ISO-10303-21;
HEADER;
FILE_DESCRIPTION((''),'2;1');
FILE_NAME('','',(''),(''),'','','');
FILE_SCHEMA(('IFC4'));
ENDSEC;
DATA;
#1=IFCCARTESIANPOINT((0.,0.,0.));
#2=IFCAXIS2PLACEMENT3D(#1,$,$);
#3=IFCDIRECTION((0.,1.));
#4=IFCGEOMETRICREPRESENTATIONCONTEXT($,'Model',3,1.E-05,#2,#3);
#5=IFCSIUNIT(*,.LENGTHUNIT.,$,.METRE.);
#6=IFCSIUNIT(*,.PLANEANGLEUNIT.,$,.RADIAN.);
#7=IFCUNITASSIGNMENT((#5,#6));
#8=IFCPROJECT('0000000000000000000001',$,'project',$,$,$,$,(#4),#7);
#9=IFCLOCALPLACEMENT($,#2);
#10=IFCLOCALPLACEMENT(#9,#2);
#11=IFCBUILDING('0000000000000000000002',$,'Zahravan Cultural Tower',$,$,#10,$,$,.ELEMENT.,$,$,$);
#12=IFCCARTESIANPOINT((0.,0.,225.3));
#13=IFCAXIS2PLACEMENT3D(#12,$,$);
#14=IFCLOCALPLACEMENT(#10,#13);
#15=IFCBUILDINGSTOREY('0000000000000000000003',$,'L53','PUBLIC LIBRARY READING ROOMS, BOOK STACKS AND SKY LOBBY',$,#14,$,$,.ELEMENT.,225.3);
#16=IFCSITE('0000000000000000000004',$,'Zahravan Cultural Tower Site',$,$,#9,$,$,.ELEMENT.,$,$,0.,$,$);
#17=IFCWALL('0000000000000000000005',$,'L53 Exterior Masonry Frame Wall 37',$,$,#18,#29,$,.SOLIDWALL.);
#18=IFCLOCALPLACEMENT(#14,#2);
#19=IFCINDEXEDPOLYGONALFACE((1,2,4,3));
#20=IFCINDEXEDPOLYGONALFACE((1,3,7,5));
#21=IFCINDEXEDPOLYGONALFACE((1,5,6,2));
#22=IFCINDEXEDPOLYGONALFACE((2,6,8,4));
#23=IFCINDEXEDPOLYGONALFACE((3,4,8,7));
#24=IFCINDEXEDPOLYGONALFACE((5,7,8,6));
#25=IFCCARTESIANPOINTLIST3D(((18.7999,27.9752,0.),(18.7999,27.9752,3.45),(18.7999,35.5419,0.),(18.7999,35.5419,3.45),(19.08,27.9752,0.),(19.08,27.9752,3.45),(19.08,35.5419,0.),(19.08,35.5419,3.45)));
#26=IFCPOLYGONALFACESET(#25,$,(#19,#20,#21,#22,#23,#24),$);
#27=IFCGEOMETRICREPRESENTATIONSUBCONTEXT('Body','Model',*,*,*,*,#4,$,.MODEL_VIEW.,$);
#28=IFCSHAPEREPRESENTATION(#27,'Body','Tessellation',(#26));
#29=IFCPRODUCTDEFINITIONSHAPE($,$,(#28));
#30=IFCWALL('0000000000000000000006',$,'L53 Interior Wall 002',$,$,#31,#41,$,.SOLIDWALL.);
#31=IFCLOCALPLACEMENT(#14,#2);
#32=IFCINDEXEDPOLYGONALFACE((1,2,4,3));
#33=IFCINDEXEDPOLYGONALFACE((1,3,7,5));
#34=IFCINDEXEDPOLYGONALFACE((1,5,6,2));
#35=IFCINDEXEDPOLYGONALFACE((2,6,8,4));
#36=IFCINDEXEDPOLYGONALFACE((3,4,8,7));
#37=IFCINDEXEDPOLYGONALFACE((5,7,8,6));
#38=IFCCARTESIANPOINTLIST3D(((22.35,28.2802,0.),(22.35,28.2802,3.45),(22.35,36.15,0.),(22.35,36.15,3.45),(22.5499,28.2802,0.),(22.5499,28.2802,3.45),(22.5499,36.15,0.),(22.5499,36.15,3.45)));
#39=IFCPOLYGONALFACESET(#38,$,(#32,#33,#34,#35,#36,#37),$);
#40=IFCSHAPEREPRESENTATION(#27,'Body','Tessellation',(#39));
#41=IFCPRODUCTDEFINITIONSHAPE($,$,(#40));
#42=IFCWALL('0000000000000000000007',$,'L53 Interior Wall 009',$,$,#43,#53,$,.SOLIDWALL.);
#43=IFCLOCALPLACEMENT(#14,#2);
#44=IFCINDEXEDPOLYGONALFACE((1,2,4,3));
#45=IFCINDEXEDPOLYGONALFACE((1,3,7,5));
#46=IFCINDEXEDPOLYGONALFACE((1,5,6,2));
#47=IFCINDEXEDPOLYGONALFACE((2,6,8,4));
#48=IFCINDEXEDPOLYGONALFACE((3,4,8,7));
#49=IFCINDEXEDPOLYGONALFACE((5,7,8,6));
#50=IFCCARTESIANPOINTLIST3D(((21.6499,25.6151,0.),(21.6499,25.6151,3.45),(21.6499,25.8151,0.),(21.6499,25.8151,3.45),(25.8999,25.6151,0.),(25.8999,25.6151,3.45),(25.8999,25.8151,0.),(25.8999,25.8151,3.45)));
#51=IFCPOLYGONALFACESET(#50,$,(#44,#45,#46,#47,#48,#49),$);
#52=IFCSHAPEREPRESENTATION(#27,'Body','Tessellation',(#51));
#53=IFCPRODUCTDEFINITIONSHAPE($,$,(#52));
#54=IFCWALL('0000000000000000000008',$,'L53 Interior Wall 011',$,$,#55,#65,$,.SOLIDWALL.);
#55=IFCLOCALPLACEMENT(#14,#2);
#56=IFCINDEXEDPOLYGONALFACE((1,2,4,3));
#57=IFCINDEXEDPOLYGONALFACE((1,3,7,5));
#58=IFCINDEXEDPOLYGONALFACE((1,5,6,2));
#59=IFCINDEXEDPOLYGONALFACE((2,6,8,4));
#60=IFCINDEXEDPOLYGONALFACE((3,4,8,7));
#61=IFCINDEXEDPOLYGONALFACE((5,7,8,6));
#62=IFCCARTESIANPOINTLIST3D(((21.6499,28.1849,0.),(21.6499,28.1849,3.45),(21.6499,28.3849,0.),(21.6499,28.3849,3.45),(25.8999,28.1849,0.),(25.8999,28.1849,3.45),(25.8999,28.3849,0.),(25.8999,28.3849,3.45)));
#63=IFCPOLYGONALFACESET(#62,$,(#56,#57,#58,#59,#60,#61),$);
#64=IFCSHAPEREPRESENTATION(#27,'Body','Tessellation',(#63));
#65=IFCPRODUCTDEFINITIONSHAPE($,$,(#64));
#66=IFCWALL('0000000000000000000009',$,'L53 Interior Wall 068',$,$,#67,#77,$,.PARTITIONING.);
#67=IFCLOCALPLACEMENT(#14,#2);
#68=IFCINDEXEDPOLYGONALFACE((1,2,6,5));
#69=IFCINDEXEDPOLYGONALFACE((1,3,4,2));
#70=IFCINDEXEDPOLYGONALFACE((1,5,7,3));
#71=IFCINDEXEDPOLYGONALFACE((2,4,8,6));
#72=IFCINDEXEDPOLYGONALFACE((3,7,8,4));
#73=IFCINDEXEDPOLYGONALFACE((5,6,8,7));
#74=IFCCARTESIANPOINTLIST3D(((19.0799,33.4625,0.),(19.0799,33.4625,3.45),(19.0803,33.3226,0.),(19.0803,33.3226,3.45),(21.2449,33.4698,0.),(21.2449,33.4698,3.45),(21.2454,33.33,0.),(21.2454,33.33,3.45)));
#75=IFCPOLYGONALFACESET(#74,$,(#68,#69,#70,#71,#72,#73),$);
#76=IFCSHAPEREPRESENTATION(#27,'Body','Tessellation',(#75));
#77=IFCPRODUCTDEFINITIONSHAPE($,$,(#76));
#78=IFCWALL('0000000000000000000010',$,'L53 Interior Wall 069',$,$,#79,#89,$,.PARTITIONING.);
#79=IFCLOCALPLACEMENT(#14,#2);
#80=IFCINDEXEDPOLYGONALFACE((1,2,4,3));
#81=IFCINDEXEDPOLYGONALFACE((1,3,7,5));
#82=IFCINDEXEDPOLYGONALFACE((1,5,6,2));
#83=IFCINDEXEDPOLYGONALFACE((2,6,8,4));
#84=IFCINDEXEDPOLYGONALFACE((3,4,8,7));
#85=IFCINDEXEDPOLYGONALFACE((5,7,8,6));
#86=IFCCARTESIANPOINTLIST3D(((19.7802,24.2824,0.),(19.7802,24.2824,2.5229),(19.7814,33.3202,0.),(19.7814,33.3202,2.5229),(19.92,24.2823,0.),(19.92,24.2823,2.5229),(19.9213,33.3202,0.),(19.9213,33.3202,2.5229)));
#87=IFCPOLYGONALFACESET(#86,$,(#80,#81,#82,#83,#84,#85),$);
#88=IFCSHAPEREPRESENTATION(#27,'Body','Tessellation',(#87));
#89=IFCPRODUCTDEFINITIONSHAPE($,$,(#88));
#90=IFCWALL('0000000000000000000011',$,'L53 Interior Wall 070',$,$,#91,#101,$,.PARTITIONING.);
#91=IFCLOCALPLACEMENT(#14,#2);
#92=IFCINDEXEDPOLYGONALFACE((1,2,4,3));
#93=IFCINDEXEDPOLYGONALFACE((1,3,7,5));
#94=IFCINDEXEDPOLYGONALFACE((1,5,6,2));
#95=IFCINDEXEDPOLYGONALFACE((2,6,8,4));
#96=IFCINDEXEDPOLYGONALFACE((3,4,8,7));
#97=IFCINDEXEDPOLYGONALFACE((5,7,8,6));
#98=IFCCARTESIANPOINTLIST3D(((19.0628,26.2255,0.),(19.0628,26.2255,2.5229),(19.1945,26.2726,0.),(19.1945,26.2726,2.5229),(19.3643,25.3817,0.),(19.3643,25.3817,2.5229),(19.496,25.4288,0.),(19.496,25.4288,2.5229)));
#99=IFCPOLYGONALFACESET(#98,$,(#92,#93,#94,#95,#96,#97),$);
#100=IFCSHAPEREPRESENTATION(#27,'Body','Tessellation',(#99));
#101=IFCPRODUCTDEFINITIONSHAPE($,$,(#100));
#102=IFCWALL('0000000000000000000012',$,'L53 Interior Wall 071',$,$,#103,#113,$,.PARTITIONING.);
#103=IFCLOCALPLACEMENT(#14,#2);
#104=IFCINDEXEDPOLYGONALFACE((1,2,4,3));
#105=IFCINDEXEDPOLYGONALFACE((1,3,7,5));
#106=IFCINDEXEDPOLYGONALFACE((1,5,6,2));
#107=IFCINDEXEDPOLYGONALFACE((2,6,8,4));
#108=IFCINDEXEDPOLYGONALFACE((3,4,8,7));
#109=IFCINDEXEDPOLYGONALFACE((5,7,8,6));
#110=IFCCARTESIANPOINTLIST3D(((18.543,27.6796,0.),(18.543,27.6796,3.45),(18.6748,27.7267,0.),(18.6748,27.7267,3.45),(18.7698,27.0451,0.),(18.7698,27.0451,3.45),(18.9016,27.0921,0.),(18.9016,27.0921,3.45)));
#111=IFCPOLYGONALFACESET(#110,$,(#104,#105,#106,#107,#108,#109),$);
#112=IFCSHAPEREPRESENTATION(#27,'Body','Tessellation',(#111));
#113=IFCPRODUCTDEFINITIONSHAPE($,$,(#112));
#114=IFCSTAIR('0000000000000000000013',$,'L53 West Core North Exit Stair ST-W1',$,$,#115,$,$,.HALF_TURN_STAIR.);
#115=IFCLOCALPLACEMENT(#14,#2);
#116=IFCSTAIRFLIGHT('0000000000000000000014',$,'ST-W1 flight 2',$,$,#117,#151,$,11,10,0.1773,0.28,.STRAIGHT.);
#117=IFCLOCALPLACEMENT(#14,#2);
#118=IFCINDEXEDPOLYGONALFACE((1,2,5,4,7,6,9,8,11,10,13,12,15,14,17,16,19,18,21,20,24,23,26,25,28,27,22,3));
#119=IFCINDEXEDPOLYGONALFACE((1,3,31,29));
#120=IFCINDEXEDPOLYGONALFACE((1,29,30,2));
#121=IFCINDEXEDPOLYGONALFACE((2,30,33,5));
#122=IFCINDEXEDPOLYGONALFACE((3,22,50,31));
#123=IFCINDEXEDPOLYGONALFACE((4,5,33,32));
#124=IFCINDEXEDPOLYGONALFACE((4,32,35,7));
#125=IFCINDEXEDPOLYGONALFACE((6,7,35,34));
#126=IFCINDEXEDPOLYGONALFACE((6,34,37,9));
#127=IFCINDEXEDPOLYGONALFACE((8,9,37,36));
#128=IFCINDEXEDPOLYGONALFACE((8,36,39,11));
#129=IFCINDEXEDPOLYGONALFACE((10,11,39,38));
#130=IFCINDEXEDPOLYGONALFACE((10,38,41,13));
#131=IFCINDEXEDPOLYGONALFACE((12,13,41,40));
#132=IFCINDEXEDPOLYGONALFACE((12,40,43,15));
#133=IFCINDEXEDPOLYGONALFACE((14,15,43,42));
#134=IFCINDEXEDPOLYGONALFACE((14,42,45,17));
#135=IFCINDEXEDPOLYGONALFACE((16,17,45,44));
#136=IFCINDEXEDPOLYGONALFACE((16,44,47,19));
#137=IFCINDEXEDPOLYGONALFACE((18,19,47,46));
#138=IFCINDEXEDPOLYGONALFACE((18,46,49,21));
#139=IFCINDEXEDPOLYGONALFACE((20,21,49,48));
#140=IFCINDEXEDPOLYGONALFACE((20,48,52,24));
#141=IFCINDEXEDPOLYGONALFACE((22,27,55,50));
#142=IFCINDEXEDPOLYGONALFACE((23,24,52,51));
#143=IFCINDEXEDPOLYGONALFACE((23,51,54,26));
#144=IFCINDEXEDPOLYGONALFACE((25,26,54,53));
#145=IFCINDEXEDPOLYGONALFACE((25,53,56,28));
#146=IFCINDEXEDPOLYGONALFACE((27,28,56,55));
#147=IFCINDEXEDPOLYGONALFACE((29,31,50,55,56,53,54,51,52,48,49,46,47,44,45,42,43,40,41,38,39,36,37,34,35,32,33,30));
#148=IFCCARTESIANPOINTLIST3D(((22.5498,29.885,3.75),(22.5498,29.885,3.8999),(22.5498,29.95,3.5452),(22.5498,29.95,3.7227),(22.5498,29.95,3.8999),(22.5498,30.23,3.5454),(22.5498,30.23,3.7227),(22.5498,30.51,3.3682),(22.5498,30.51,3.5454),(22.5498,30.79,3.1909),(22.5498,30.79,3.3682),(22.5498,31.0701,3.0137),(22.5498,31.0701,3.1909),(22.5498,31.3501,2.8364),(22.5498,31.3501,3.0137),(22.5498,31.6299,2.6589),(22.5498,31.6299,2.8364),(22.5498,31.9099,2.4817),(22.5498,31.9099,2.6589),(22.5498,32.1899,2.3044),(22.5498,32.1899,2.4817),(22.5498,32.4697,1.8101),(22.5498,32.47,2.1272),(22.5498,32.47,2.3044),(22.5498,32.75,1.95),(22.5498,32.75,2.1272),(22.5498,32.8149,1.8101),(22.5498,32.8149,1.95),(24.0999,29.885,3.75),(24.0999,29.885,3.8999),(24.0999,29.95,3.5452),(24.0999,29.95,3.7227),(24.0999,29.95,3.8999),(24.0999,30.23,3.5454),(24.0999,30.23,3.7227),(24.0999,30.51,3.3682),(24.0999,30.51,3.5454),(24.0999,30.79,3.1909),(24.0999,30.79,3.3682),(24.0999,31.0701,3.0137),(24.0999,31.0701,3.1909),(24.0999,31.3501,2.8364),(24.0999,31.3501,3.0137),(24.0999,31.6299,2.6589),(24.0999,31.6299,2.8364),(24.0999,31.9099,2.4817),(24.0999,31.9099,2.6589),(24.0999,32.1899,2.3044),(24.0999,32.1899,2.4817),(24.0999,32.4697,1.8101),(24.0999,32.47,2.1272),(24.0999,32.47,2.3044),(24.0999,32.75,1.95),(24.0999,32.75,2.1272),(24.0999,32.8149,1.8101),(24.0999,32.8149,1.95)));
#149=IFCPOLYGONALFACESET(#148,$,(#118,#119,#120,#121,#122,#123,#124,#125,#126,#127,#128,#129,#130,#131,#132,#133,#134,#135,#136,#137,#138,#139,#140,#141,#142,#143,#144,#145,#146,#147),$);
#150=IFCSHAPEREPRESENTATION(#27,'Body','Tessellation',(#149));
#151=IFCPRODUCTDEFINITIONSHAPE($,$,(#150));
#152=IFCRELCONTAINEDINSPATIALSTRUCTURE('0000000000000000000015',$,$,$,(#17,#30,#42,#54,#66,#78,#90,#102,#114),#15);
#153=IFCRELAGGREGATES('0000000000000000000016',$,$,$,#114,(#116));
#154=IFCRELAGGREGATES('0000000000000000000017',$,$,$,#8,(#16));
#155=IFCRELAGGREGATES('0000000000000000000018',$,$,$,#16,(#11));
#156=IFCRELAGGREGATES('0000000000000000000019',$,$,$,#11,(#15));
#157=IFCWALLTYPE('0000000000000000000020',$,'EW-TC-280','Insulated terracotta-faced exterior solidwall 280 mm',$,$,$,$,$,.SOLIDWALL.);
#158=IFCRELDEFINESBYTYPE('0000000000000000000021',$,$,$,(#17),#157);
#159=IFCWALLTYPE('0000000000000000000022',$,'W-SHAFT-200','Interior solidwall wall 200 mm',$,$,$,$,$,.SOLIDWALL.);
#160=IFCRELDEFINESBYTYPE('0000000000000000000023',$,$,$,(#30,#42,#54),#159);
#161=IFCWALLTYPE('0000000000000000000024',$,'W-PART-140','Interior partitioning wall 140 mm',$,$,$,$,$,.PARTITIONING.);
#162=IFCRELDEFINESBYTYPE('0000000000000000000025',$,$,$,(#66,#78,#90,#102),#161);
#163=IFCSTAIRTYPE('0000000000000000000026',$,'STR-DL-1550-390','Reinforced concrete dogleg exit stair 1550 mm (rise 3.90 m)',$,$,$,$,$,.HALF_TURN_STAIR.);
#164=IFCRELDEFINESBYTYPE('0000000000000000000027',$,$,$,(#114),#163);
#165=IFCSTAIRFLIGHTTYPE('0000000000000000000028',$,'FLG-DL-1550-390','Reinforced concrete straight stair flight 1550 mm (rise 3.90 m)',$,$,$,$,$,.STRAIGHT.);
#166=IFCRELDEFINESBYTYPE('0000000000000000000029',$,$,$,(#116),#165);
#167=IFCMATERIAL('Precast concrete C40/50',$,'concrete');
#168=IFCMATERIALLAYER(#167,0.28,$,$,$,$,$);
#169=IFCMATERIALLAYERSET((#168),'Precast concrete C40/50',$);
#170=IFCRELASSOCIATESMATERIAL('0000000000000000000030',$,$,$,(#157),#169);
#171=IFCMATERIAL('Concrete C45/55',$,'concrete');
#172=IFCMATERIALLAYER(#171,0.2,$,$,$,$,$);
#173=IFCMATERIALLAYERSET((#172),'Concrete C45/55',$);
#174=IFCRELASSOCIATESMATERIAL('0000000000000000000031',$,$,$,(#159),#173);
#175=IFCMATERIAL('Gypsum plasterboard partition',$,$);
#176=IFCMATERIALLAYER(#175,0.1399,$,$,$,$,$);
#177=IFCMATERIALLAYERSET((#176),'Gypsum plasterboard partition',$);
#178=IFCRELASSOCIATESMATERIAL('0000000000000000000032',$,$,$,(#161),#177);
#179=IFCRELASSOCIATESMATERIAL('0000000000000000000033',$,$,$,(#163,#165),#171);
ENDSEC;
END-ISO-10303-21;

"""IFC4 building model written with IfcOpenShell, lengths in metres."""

from ifc_helpers import new_model, si_unit, direction, frame, frame_2d, origin, place, context, subcontext, project, spatial, polyline, rectangle, outline, extrude, source, transform, mapped, material, layer, layer_set, type_object, element, aggregate, save


model = new_model("IFC4")

# Units and contexts
model_context = context("Model", 3, precision=1e-05, world=origin(), true_north=direction((0.0, 1.0)))
body_context = subcontext(model_context, "Body", "Model", "MODEL_VIEW")
ifc_project = project(units=[si_unit("LENGTHUNIT", "METRE"), si_unit("PLANEANGLEUNIT", "RADIAN")], contexts=[model_context])

# Site, building, storey
site_placement = place(None, origin())
site = spatial("IfcSite", under=ifc_project, at=site_placement, Name="Zahravan Cultural Tower Site", CompositionType="ELEMENT", RefElevation=0.0)
building_placement = place(site_placement, origin())
building = spatial("IfcBuilding", under=site, at=building_placement, Name="Zahravan Cultural Tower", CompositionType="ELEMENT")
storey_placement = place(building_placement, frame((0.0, 0.0, 225.3)))
storey = spatial("IfcBuildingStorey", under=building, at=storey_placement, Name="L53", Description="PUBLIC LIBRARY READING ROOMS, BOOK STACKS AND SKY LOBBY", CompositionType="ELEMENT", Elevation=225.3)

# Walls
ifc_material_1 = material(Name="Precast concrete C40/50", Category="concrete")
ifc_layer_1 = layer(ifc_material_1, 0.28)
ifc_layer_set_1 = layer_set([ifc_layer_1], Name="Precast concrete C40/50")
wall_type_1 = type_object("IfcWallType", Name="EW-TC-280", Description="Insulated terracotta-faced exterior solidwall 280 mm", PredefinedType="SOLIDWALL", material=ifc_layer_set_1)
shared_shape_1 = source(origin(), body_context, "Body", "SweptSolid", [
    extrude(rectangle(XDim=7.5667, YDim=0.28, at=frame_2d((3.7832, 0.0))), origin(), (0.0, 0.0, 1.0), 3.45),
])
wall_1_placement = place(storey_placement, frame((18.9399, 27.9753, 0.0), z_axis=(0.0, 0.0, 1.0), x_axis=(0.0, 1.0, 0.0)))
element("IfcWall", 1, at=wall_1_placement, inside=storey, type_object=wall_type_1, Name="L53 Exterior Masonry Frame Wall 37", PredefinedType="SOLIDWALL", context=body_context, shape_type="MappedRepresentation", body=[
    mapped(shared_shape_1, transform((0.0, 0.0, 0.0), x_axis=(1.0, 0.0, 0.0), y_axis=(0.0, 1.0, 0.0), z_axis=(0.0, 0.0, 1.0), scale=1.0)),
])
ifc_material_2 = material(Name="Concrete C45/55", Category="concrete")
ifc_layer_2 = layer(ifc_material_2, 0.2)
ifc_layer_set_2 = layer_set([ifc_layer_2], Name="Concrete C45/55")
wall_type_2 = type_object("IfcWallType", Name="W-SHAFT-200", Description="Interior solidwall wall 200 mm", PredefinedType="SOLIDWALL", material=ifc_layer_set_2)
shared_shape_2 = source(origin(), body_context, "Body", "SweptSolid", [
    extrude(rectangle(XDim=7.8699, YDim=0.2, at=frame_2d((3.9351, 0.0))), origin(), (0.0, 0.0, 1.0), 3.45),
])
wall_2_placement = place(storey_placement, frame((22.45, 28.28, 0.0), z_axis=(0.0, 0.0, 1.0), x_axis=(0.0, 1.0, 0.0)))
element("IfcWall", 2, at=wall_2_placement, inside=storey, type_object=wall_type_2, Name="L53 Interior Wall 002", PredefinedType="SOLIDWALL", context=body_context, shape_type="MappedRepresentation", body=[
    mapped(shared_shape_2, transform((0.0, 0.0, 0.0), x_axis=(1.0, 0.0, 0.0), y_axis=(0.0, 1.0, 0.0), z_axis=(0.0, 0.0, 1.0), scale=1.0)),
])
shared_shape_3 = source(origin(), body_context, "Body", "SweptSolid", [
    extrude(rectangle(XDim=4.25, YDim=0.2, at=frame_2d((2.125, 0.0))), origin(), (0.0, 0.0, 1.0), 3.45),
])
for number, where, z_axis, x_axis, name in (
    (3, (21.6499, 25.7151, 0.0), (0.0, 0.0, 1.0), (1.0, 0.0, 0.0), "L53 Interior Wall 009"),
    (4, (21.6499, 28.2849, 0.0), (0.0, 0.0, 1.0), (1.0, 0.0, 0.0), "L53 Interior Wall 011"),
):
    element("IfcWall", number, at=place(storey_placement, frame(where, z_axis=z_axis, x_axis=x_axis)), inside=storey, type_object=wall_type_2, Name=name, PredefinedType="SOLIDWALL", context=body_context, shape_type="MappedRepresentation", body=[
        mapped(shared_shape_3, transform((0.0, 0.0, 0.0), x_axis=(1.0, 0.0, 0.0), y_axis=(0.0, 1.0, 0.0), z_axis=(0.0, 0.0, 1.0), scale=1.0)),
    ])
ifc_material_3 = material(Name="Gypsum plasterboard partition")
ifc_layer_3 = layer(ifc_material_3, 0.1399)
ifc_layer_set_3 = layer_set([ifc_layer_3], Name="Gypsum plasterboard partition")
wall_type_3 = type_object("IfcWallType", Name="W-PART-140", Description="Interior partitioning wall 140 mm", PredefinedType="PARTITIONING", material=ifc_layer_set_3)
shared_shape_4 = source(origin(), body_context, "Body", "SweptSolid", [
    extrude(rectangle(XDim=2.165, YDim=0.1399, at=frame_2d((1.0825, 0.0))), origin(), (0.0, 0.0, 1.0), 3.45),
])
wall_3_placement = place(storey_placement, frame((21.2451, 33.3999, 0.0), z_axis=(0.0, 0.0, 1.0), x_axis=(-0.999994, -0.003383, 0.0)))
element("IfcWall", 5, at=wall_3_placement, inside=storey, type_object=wall_type_3, Name="L53 Interior Wall 068", PredefinedType="PARTITIONING", context=body_context, shape_type="MappedRepresentation", body=[
    mapped(shared_shape_4, transform((0.0, 0.0, 0.0), x_axis=(1.0, 0.0, 0.0), y_axis=(0.0, 1.0, 0.0), z_axis=(0.0, 0.0, 1.0), scale=1.0)),
])
shared_shape_5 = source(origin(), body_context, "Body", "SweptSolid", [
    extrude(rectangle(XDim=9.0378, YDim=0.1399, at=frame_2d((4.519, 0.0))), origin(), (0.0, 0.0, 1.0), 2.5229),
])
wall_4_placement = place(storey_placement, frame((19.8513, 33.3203, 0.0), z_axis=(0.0, 0.0, 1.0), x_axis=(-0.000135, -1.0, 0.0)))
element("IfcWall", 6, at=wall_4_placement, inside=storey, type_object=wall_type_3, Name="L53 Interior Wall 069", PredefinedType="PARTITIONING", context=body_context, shape_type="MappedRepresentation", body=[
    mapped(shared_shape_5, transform((0.0, 0.0, 0.0), x_axis=(1.0, 0.0, 0.0), y_axis=(0.0, 1.0, 0.0), z_axis=(0.0, 0.0, 1.0), scale=1.0)),
])
shared_shape_6 = source(origin(), body_context, "Body", "SweptSolid", [
    extrude(rectangle(XDim=0.896, YDim=0.1399, at=frame_2d((0.448, 0.0))), origin(), (0.0, 0.0, 1.0), 2.5229),
])
wall_5_placement = place(storey_placement, frame((19.4302, 25.4053, 0.0), z_axis=(0.0, 0.0, 1.0), x_axis=(-0.336509, 0.94168, 0.0)))
element("IfcWall", 7, at=wall_5_placement, inside=storey, type_object=wall_type_3, Name="L53 Interior Wall 070", PredefinedType="PARTITIONING", context=body_context, shape_type="MappedRepresentation", body=[
    mapped(shared_shape_6, transform((0.0, 0.0, 0.0), x_axis=(1.0, 0.0, 0.0), y_axis=(0.0, 1.0, 0.0), z_axis=(0.0, 0.0, 1.0), scale=1.0)),
])
shared_shape_7 = source(origin(), body_context, "Body", "SweptSolid", [
    extrude(rectangle(XDim=0.6738, YDim=0.1399, at=frame_2d((0.3369, 0.0))), origin(), (0.0, 0.0, 1.0), 3.45),
])
wall_6_placement = place(storey_placement, frame((18.8357, 27.0686, 0.0), z_axis=(0.0, 0.0, 1.0), x_axis=(-0.336589, 0.941652, 0.0)))
element("IfcWall", 8, at=wall_6_placement, inside=storey, type_object=wall_type_3, Name="L53 Interior Wall 071", PredefinedType="PARTITIONING", context=body_context, shape_type="MappedRepresentation", body=[
    mapped(shared_shape_7, transform((0.0, 0.0, 0.0), x_axis=(1.0, 0.0, 0.0), y_axis=(0.0, 1.0, 0.0), z_axis=(0.0, 0.0, 1.0), scale=1.0)),
])

# Stair, stair flight
stair_type = type_object("IfcStairType", Name="STR-DL-1550-390", Description="Reinforced concrete dogleg exit stair 1550 mm (rise 3.90 m)", PredefinedType="HALF_TURN_STAIR", material=ifc_material_2)
stair_placement = place(storey_placement, origin())
stair = element("IfcStair", 9, at=stair_placement, inside=storey, type_object=stair_type, Name="L53 West Core North Exit Stair ST-W1", PredefinedType="HALF_TURN_STAIR")
stair_flight_type = type_object("IfcStairFlightType", Name="FLG-DL-1550-390", Description="Reinforced concrete straight stair flight 1550 mm (rise 3.90 m)", PredefinedType="STRAIGHT", material=ifc_material_2)
stair_flight_placement = place(storey_placement, frame((23.325, 32.75, 1.95), z_axis=(0.0, 0.0, 1.0), x_axis=(0.0, -1.0, 0.0)))
stair_flight = element("IfcStairFlight", 10, at=stair_flight_placement, type_object=stair_flight_type, Name="ST-W1 flight 2", NumberOfRisers=11, NumberOfTreads=10, PredefinedType="STRAIGHT", RiserHeight=0.1773, TreadLength=0.28, context=body_context, shape_type="SweptSolid", body=[
    extrude(outline(polyline([(-0.0649, -0.1399), (-0.0649, 0.0), (0.0, 0.0), (0.0, 0.1772), (0.28, 0.1772), (0.28, 0.3545), (0.5601, 0.3545), (0.5601, 0.5317), (0.8401, 0.5317), (0.8401, 0.709), (1.1201, 0.709), (1.1201, 0.8865), (1.3999, 0.8865), (1.3999, 1.0637), (1.6799, 1.0637), (1.6799, 1.241), (1.96, 1.241), (1.96, 1.4182), (2.24, 1.4182), (2.24, 1.5955), (2.52, 1.5955), (2.52, 1.7727), (2.8, 1.7727), (2.8, 1.95), (2.865, 1.95), (2.865, 1.8), (2.8, 1.5952), (0.2803, -0.1399), (-0.0649, -0.1399)])), frame((0.0, 0.7749, 0.0), z_axis=(0.0, -1.0, 0.0), x_axis=(1.0, 0.0, 0.0)), (0.0, 0.0, 1.0), 1.55),
])
aggregate(stair, [stair_flight])

save(model, "model.ifc")
